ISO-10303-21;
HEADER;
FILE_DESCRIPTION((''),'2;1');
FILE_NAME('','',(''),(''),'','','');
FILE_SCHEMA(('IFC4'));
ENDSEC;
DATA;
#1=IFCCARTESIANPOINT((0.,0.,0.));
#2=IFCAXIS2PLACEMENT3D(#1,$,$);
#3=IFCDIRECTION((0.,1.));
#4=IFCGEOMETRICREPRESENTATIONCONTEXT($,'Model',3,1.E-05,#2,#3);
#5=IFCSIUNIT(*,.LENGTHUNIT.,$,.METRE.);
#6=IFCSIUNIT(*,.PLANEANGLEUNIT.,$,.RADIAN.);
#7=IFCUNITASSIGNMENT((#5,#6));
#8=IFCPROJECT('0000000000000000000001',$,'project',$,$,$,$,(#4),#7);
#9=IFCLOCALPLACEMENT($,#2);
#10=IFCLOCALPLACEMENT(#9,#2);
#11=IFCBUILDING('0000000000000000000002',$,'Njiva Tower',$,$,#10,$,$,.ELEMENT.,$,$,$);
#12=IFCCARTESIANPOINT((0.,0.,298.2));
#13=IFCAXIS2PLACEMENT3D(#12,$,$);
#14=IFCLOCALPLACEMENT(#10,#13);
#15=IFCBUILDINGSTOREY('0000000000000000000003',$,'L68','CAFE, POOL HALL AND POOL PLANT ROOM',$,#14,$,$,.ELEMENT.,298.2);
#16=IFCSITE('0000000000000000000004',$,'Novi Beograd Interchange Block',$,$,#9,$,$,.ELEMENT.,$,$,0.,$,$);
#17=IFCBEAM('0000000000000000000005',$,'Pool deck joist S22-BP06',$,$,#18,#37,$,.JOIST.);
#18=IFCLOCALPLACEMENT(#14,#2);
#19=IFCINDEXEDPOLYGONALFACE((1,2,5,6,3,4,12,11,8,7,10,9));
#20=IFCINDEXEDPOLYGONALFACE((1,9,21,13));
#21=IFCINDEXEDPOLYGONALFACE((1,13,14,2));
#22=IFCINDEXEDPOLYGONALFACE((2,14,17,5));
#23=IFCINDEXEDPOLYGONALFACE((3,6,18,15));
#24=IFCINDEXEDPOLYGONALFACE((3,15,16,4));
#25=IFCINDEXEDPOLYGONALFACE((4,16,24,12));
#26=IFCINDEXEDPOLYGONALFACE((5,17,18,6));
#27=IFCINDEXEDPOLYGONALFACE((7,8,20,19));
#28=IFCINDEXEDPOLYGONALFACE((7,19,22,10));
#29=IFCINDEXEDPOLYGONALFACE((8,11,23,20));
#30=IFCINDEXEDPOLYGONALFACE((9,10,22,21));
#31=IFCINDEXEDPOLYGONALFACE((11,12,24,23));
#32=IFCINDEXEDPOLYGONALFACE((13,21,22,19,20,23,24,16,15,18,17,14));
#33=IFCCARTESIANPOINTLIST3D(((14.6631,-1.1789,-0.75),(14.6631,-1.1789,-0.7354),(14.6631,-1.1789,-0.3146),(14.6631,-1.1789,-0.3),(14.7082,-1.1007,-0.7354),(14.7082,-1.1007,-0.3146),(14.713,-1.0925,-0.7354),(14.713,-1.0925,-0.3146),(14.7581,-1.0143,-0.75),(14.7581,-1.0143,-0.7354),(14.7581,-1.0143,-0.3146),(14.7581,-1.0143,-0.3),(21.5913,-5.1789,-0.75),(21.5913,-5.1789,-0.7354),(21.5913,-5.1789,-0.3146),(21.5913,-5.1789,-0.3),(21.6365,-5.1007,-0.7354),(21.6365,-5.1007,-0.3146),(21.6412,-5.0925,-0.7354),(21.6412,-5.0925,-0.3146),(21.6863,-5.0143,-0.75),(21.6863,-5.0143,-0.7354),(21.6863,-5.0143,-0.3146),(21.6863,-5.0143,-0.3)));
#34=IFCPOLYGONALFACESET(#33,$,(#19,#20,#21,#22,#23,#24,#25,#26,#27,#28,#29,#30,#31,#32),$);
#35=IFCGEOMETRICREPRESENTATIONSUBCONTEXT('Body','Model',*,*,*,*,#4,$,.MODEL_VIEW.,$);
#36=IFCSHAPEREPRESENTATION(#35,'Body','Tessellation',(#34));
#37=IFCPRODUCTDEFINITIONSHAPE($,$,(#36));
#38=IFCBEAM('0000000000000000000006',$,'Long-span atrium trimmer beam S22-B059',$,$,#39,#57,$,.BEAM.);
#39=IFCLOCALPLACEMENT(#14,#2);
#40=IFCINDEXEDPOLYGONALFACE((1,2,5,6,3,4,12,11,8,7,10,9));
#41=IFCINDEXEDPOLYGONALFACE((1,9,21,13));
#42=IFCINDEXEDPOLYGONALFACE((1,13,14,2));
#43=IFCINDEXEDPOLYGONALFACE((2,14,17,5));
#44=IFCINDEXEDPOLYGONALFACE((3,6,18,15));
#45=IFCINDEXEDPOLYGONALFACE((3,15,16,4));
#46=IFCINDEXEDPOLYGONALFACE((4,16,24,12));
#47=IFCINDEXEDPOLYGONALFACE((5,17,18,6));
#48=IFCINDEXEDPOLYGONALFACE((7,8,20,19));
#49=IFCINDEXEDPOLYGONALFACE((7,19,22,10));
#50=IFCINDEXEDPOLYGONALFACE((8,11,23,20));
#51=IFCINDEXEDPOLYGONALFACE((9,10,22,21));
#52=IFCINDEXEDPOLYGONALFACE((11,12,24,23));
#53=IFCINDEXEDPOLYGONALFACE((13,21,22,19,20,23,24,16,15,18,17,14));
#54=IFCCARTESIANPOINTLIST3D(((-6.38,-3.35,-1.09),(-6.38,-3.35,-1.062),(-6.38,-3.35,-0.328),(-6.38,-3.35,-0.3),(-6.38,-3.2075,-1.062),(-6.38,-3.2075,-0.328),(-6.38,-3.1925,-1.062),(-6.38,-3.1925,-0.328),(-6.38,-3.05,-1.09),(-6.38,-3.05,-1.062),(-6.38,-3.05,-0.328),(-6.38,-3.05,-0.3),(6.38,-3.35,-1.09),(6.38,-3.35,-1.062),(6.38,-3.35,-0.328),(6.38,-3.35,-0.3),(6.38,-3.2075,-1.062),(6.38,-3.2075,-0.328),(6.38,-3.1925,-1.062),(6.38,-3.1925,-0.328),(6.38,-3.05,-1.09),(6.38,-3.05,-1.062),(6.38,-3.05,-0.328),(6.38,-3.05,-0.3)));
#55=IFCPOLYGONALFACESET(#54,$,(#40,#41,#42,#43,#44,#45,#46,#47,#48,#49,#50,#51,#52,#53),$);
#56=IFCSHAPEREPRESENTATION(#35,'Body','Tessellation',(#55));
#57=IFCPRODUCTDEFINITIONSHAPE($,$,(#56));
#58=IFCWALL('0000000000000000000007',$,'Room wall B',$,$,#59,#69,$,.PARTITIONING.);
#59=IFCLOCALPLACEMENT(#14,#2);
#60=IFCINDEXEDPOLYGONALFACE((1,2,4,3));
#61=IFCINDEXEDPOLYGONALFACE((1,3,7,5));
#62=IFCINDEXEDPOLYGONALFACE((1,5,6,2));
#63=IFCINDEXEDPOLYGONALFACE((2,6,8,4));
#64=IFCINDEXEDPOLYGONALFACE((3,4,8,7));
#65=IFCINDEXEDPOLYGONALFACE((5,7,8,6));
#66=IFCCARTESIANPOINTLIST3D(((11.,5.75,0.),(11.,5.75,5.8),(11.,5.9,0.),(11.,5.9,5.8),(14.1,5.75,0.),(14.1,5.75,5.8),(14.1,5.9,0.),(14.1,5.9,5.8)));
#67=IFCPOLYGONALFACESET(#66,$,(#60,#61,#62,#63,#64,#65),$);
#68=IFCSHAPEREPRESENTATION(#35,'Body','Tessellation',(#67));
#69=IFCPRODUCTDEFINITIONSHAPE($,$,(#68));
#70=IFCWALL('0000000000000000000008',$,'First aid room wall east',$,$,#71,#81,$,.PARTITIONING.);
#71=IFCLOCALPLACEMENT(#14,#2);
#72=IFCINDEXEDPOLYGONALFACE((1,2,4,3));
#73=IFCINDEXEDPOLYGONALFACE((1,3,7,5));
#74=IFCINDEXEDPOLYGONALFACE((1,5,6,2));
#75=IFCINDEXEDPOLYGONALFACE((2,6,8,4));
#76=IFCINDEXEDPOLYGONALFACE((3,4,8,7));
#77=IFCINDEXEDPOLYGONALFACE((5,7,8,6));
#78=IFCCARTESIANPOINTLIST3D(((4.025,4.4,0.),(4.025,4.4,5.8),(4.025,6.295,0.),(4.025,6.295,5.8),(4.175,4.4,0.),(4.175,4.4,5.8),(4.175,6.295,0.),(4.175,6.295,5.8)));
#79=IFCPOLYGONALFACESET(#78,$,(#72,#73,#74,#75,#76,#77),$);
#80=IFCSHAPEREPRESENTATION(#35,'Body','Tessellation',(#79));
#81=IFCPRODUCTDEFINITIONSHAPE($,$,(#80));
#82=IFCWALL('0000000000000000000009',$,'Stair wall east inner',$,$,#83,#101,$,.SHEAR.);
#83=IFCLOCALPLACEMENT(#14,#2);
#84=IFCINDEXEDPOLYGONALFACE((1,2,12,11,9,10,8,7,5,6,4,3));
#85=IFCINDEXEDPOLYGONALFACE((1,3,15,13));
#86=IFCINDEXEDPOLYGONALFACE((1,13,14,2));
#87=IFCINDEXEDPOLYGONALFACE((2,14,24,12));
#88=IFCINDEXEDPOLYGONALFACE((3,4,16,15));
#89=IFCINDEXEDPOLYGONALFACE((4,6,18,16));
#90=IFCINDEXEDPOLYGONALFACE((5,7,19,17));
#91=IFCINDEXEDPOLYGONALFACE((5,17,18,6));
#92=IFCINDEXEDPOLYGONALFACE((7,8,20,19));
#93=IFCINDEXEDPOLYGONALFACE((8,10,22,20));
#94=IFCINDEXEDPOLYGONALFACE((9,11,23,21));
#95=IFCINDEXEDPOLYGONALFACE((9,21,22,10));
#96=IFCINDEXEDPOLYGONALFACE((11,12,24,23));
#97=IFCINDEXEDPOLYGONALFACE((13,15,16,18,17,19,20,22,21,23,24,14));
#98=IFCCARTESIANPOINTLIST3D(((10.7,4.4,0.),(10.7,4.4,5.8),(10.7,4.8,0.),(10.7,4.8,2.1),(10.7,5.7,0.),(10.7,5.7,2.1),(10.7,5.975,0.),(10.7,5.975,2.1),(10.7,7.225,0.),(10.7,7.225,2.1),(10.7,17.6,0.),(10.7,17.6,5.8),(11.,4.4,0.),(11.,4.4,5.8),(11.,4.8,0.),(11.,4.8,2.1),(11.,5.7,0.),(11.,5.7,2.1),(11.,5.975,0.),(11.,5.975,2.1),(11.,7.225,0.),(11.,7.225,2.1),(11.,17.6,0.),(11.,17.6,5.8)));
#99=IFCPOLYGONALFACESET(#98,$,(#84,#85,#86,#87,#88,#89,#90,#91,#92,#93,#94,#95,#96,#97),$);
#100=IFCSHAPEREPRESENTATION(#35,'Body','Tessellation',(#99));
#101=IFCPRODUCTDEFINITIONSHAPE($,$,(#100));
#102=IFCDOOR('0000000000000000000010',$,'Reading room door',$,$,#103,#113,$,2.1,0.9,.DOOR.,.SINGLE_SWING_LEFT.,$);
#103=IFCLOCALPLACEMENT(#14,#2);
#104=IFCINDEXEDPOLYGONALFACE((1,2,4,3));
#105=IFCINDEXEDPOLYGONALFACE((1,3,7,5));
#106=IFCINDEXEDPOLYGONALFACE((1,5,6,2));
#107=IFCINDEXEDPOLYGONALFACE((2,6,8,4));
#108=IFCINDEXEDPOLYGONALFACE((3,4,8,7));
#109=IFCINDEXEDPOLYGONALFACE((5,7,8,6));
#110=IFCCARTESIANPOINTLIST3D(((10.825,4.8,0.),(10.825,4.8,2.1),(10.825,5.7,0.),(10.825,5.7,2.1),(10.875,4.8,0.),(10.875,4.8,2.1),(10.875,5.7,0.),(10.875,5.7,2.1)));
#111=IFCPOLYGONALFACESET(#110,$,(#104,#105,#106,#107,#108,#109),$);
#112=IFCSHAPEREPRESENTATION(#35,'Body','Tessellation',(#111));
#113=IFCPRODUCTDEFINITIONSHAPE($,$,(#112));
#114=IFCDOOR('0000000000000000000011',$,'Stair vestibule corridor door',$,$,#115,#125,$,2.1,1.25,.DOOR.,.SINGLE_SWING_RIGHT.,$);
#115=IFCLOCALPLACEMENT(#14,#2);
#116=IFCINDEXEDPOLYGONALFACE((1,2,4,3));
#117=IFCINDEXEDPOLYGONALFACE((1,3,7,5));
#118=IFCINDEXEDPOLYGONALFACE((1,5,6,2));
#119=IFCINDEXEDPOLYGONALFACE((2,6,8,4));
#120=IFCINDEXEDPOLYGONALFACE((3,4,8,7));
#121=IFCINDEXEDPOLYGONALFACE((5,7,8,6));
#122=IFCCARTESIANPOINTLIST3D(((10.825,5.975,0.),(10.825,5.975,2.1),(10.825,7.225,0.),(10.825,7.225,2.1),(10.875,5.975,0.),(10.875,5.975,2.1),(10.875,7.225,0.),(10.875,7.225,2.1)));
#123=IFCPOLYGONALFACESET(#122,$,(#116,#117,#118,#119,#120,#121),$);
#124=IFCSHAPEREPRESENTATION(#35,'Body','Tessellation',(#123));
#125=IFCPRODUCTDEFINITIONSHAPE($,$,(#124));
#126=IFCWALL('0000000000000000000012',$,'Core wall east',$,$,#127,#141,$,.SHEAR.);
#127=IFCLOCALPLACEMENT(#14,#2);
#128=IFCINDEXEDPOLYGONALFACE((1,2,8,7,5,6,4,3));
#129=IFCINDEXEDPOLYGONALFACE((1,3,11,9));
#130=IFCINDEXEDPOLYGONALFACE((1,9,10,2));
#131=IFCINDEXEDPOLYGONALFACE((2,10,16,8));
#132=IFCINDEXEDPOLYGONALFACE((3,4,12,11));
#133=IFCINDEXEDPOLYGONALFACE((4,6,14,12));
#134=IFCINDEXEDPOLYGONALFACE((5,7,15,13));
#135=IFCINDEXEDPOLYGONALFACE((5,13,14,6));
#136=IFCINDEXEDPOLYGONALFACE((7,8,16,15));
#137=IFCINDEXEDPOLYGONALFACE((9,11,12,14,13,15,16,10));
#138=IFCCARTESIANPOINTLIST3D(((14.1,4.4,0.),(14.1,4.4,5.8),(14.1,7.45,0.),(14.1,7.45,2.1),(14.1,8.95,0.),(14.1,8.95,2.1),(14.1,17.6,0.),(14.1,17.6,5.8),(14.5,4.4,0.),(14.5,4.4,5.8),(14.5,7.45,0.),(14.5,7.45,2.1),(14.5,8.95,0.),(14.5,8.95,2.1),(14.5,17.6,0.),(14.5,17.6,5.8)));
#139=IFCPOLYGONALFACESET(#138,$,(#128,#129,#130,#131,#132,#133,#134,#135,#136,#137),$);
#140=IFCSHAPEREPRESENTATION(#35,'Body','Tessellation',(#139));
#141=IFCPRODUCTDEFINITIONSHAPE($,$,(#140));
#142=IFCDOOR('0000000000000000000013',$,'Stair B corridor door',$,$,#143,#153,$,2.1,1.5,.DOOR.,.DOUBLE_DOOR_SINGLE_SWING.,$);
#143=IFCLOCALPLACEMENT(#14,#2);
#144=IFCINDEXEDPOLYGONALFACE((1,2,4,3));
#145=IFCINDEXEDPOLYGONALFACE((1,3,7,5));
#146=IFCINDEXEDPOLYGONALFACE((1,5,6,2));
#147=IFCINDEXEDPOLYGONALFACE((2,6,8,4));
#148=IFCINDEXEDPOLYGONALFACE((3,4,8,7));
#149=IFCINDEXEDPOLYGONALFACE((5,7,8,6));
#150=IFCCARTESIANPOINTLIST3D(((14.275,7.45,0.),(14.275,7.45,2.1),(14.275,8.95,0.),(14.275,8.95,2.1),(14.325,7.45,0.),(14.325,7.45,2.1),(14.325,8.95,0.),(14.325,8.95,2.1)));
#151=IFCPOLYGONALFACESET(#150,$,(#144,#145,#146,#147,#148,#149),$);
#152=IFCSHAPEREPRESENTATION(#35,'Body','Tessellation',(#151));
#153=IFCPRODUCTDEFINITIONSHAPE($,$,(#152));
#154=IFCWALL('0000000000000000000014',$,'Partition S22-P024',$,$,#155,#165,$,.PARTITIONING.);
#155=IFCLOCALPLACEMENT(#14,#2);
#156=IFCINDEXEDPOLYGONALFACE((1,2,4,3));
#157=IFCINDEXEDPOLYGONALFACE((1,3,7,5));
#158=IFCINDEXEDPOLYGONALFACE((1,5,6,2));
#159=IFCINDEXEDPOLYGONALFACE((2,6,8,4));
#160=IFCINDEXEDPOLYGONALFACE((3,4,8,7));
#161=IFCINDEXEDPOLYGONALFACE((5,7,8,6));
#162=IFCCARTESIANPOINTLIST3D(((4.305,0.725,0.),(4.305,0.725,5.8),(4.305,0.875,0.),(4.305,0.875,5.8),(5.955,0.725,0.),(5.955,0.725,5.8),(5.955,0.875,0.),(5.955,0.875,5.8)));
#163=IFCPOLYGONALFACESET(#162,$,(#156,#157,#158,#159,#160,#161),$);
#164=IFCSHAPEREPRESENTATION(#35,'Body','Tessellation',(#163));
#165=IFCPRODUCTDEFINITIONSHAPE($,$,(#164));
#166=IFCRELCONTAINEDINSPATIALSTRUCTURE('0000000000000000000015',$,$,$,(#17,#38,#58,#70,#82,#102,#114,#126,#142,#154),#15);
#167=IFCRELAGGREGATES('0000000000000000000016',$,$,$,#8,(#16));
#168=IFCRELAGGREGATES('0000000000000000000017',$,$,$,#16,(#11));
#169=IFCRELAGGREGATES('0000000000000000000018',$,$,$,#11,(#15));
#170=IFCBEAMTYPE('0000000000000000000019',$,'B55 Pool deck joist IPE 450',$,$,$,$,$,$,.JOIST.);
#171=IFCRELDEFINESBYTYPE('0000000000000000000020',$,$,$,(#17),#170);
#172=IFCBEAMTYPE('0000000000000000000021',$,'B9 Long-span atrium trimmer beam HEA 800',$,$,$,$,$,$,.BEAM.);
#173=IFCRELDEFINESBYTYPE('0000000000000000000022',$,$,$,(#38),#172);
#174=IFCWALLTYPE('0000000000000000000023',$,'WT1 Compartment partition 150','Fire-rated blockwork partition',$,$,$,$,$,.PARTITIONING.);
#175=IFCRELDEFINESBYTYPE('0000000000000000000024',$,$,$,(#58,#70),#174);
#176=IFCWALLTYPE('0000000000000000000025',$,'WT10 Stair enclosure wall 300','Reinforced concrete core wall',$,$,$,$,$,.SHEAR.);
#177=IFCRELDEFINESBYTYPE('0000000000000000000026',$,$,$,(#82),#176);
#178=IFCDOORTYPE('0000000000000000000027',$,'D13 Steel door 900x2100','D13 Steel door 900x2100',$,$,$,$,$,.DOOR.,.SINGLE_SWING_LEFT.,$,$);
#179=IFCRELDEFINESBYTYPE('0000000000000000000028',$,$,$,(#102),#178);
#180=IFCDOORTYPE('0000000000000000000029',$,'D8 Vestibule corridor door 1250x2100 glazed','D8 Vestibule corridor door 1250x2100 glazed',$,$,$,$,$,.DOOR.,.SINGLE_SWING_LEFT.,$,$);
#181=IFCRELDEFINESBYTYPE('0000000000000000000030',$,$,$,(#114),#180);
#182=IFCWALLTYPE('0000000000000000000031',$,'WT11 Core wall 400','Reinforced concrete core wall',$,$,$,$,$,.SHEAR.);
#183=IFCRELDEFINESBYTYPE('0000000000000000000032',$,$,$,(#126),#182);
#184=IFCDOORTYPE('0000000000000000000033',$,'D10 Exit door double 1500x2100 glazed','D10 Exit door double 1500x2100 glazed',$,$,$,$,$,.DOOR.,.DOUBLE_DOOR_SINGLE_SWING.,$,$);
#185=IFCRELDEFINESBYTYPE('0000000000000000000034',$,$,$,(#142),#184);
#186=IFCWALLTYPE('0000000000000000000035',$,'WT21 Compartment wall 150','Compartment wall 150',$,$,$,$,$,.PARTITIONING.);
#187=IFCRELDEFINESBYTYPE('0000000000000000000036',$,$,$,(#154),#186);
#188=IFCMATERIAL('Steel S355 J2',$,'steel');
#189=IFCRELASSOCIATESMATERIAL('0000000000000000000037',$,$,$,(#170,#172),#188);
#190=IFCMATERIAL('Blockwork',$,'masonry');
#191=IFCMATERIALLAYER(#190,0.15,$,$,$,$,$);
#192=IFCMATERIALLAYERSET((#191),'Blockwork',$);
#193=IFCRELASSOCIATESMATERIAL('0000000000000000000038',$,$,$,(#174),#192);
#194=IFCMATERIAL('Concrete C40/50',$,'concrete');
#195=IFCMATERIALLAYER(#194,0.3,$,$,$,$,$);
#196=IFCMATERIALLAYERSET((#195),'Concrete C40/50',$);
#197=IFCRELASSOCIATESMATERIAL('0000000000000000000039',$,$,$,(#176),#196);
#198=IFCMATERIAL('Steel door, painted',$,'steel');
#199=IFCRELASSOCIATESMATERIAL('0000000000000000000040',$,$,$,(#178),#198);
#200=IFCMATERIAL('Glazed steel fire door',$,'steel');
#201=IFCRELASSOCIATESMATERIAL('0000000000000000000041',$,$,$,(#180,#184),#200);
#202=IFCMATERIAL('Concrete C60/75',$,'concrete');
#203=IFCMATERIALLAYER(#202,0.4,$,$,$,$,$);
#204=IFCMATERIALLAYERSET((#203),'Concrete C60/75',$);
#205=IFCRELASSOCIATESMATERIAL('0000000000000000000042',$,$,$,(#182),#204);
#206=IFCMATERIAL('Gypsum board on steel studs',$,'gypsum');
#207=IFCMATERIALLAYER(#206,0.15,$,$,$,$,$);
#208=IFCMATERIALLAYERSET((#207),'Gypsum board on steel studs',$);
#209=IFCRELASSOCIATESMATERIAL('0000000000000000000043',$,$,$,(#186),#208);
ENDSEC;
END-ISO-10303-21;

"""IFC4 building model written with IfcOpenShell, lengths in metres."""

from ifc_helpers import new_model, si_unit, direction, frame, frame_2d, origin, origin_2d, place, context, subcontext, project, spatial, rectangle, i_section, extrude, material, layer, layer_set, material_profile, profile_set, type_object, element, fill, save


model = new_model("IFC4")

# Units and contexts
model_context = context("Model", 3, precision=1e-05, world=origin(), true_north=direction((0.0, 1.0)))
body_context = subcontext(model_context, "Body", "Model", "MODEL_VIEW")
ifc_project = project(units=[si_unit("LENGTHUNIT", "METRE"), si_unit("PLANEANGLEUNIT", "RADIAN")], contexts=[model_context])

# Site, building, storey
site_placement = place(None, origin())
site = spatial("IfcSite", under=ifc_project, at=site_placement, Name="Novi Beograd Interchange Block", CompositionType="ELEMENT", RefElevation=0.0)
building_placement = place(site_placement, origin())
building = spatial("IfcBuilding", under=site, at=building_placement, Name="Njiva Tower", CompositionType="ELEMENT")
storey_placement = place(building_placement, frame((0.0, 0.0, 298.2)))
storey = spatial("IfcBuildingStorey", under=building, at=storey_placement, Name="L68", Description="CAFE, POOL HALL AND POOL PLANT ROOM", CompositionType="ELEMENT", Elevation=298.2)

# Shared definitions
ifc_material_1 = material(Name="Steel S355 J2", Category="steel")

# Beams
ifc_material_profile_1 = material_profile(ifc_material_1, i_section(OverallWidth=0.19, OverallDepth=0.45, WebThickness=0.0094, FlangeThickness=0.0146, at=origin_2d()), Name="IPE 450")
ifc_profile_set_1 = profile_set([ifc_material_profile_1], Name="Steel S355 J2")
beam_type_1 = type_object("IfcBeamType", Name="B55 Pool deck joist IPE 450", PredefinedType="JOIST", material=ifc_profile_set_1)
for number, where, z_axis, x_axis, name in (
    (1, (14.7106, -1.0966, -0.525), (0.866025, -0.5, 0.0), (0.5, 0.866025, 0.0), "Pool deck joist S22-BP06"),
):
    element("IfcBeam", number, at=place(storey_placement, frame(where, z_axis=z_axis, x_axis=x_axis)), inside=storey, type_object=beam_type_1, Name=name, PredefinedType="JOIST", context=body_context, shape_type="SweptSolid", body=[
        extrude(i_section(OverallWidth=0.19, OverallDepth=0.45, WebThickness=0.0094, FlangeThickness=0.0146, at=origin_2d()), origin(), (0.0, 0.0, 1.0), 8.0),
    ])
ifc_material_profile_2 = material_profile(ifc_material_1, i_section(OverallWidth=0.3, OverallDepth=0.79, WebThickness=0.015, FlangeThickness=0.028, at=origin_2d()), Name="HEA 800")
ifc_profile_set_2 = profile_set([ifc_material_profile_2], Name="Steel S355 J2")
beam_type_2 = type_object("IfcBeamType", Name="B9 Long-span atrium trimmer beam HEA 800", PredefinedType="BEAM", material=ifc_profile_set_2)
beam_1_placement = place(storey_placement, frame((6.38, -3.2, -0.695), z_axis=(-1.0, 0.0, 0.0), x_axis=(0.0, -1.0, 0.0)))
element("IfcBeam", 2, at=beam_1_placement, inside=storey, type_object=beam_type_2, Name="Long-span atrium trimmer beam S22-B059", PredefinedType="BEAM", context=body_context, shape_type="SweptSolid", body=[
    extrude(i_section(OverallWidth=0.3, OverallDepth=0.79, WebThickness=0.015, FlangeThickness=0.028, at=origin_2d()), origin(), (0.0, 0.0, 1.0), 12.76),
])

# Walls
ifc_material_2 = material(Name="Blockwork", Category="masonry")
ifc_layer_1 = layer(ifc_material_2, 0.15)
ifc_layer_set_1 = layer_set([ifc_layer_1], Name="Blockwork")
wall_type_1 = type_object("IfcWallType", Name="WT1 Compartment partition 150", Description="Fire-rated blockwork partition", PredefinedType="PARTITIONING", material=ifc_layer_set_1)
wall_1_placement = place(storey_placement, frame((11.0, 5.825, 0.0), z_axis=(0.0, 0.0, 1.0), x_axis=(1.0, 0.0, 0.0)))
element("IfcWall", 3, at=wall_1_placement, inside=storey, type_object=wall_type_1, Name="Room wall B", PredefinedType="PARTITIONING", context=body_context, shape_type="SweptSolid", body=[
    extrude(rectangle(XDim=3.1, YDim=0.15, at=frame_2d((1.55, 0.0))), origin(), (0.0, 0.0, 1.0), 5.8),
])
wall_2_placement = place(storey_placement, frame((4.1, 4.4, 0.0), z_axis=(0.0, 0.0, 1.0), x_axis=(0.0, 1.0, 0.0)))
element("IfcWall", 4, at=wall_2_placement, inside=storey, type_object=wall_type_1, Name="First aid room wall east", PredefinedType="PARTITIONING", context=body_context, shape_type="SweptSolid", body=[
    extrude(rectangle(XDim=1.895, YDim=0.15, at=frame_2d((0.9475, 0.0))), origin(), (0.0, 0.0, 1.0), 5.8),
])

# Wall, openings, doors
ifc_material_3 = material(Name="Concrete C40/50", Category="concrete")
ifc_layer_2 = layer(ifc_material_3, 0.3)
ifc_layer_set_2 = layer_set([ifc_layer_2], Name="Concrete C40/50")
wall_type_2 = type_object("IfcWallType", Name="WT10 Stair enclosure wall 300", Description="Reinforced concrete core wall", PredefinedType="SHEAR", material=ifc_layer_set_2)
wall_3_placement = place(storey_placement, frame((10.85, 4.4, 0.0), z_axis=(0.0, 0.0, 1.0), x_axis=(0.0, 1.0, 0.0)))
wall_3 = element("IfcWall", 5, at=wall_3_placement, inside=storey, type_object=wall_type_2, Name="Stair wall east inner", PredefinedType="SHEAR", context=body_context, shape_type="SweptSolid", body=[
    extrude(rectangle(XDim=13.2, YDim=0.3, at=frame_2d((6.6, 0.0))), origin(), (0.0, 0.0, 1.0), 5.8),
])
opening_1_placement = place(wall_3_placement, frame((1.575, 0.0, 0.0)))
opening_1 = element("IfcOpeningElement", 6, at=opening_1_placement, cuts=wall_3, PredefinedType="OPENING", context=body_context, shape_type="SweptSolid", body=[
    extrude(rectangle(XDim=1.25, YDim=2.1, at=frame_2d((0.625, 1.05))), frame((0.0, 0.16, 0.0), z_axis=(0.0, -1.0, 0.0), x_axis=(1.0, 0.0, 0.0)), (0.0, 0.0, 1.0), 0.32),
])
opening_2_placement = place(wall_3_placement, frame((0.4, 0.0, 0.0)))
opening_2 = element("IfcOpeningElement", 7, at=opening_2_placement, cuts=wall_3, PredefinedType="OPENING", context=body_context, shape_type="SweptSolid", body=[
    extrude(rectangle(XDim=0.9, YDim=2.1, at=frame_2d((0.45, 1.05))), frame((0.0, 0.16, 0.0), z_axis=(0.0, -1.0, 0.0), x_axis=(1.0, 0.0, 0.0)), (0.0, 0.0, 1.0), 0.32),
])
ifc_material_4 = material(Name="Steel door, painted", Category="steel")
door_type_1 = type_object("IfcDoorType", Name="D13 Steel door 900x2100", Description="D13 Steel door 900x2100", OperationType="SINGLE_SWING_LEFT", PredefinedType="DOOR", material=ifc_material_4)
door_1_placement = place(opening_2_placement, origin())
door_1 = element("IfcDoor", 8, at=door_1_placement, inside=storey, type_object=door_type_1, Name="Reading room door", OperationType="SINGLE_SWING_LEFT", OverallHeight=2.1, OverallWidth=0.9, PredefinedType="DOOR", context=body_context, shape_type="SweptSolid", body=[
    extrude(rectangle(XDim=0.9, YDim=2.1, at=frame_2d((0.45, 1.05))), frame((0.0, 0.025, 0.0), z_axis=(0.0, -1.0, 0.0), x_axis=(1.0, 0.0, 0.0)), (0.0, 0.0, 1.0), 0.05),
])
fill(opening_2, door_1)
ifc_material_5 = material(Name="Glazed steel fire door", Category="steel")
door_type_2 = type_object("IfcDoorType", Name="D8 Vestibule corridor door 1250x2100 glazed", Description="D8 Vestibule corridor door 1250x2100 glazed", OperationType="SINGLE_SWING_LEFT", PredefinedType="DOOR", material=ifc_material_5)
door_2_placement = place(opening_1_placement, origin())
door_2 = element("IfcDoor", 9, at=door_2_placement, inside=storey, type_object=door_type_2, Name="Stair vestibule corridor door", OperationType="SINGLE_SWING_RIGHT", OverallHeight=2.1, OverallWidth=1.25, PredefinedType="DOOR", context=body_context, shape_type="SweptSolid", body=[
    extrude(rectangle(XDim=1.25, YDim=2.1, at=frame_2d((0.625, 1.05))), frame((0.0, 0.025, 0.0), z_axis=(0.0, -1.0, 0.0), x_axis=(1.0, 0.0, 0.0)), (0.0, 0.0, 1.0), 0.05),
])
fill(opening_1, door_2)

# Wall, opening, door
ifc_material_6 = material(Name="Concrete C60/75", Category="concrete")
ifc_layer_3 = layer(ifc_material_6, 0.4)
ifc_layer_set_3 = layer_set([ifc_layer_3], Name="Concrete C60/75")
wall_type_3 = type_object("IfcWallType", Name="WT11 Core wall 400", Description="Reinforced concrete core wall", PredefinedType="SHEAR", material=ifc_layer_set_3)
wall_4_placement = place(storey_placement, frame((14.3, 4.4, 0.0), z_axis=(0.0, 0.0, 1.0), x_axis=(0.0, 1.0, 0.0)))
wall_4 = element("IfcWall", 10, at=wall_4_placement, inside=storey, type_object=wall_type_3, Name="Core wall east", PredefinedType="SHEAR", context=body_context, shape_type="SweptSolid", body=[
    extrude(rectangle(XDim=13.2, YDim=0.4, at=frame_2d((6.6, 0.0))), origin(), (0.0, 0.0, 1.0), 5.8),
])
opening_3_placement = place(wall_4_placement, frame((3.05, 0.0, 0.0)))
opening_3 = element("IfcOpeningElement", 11, at=opening_3_placement, cuts=wall_4, PredefinedType="OPENING", context=body_context, shape_type="SweptSolid", body=[
    extrude(rectangle(XDim=1.5, YDim=2.1, at=frame_2d((0.75, 1.05))), frame((0.0, 0.21, 0.0), z_axis=(0.0, -1.0, 0.0), x_axis=(1.0, 0.0, 0.0)), (0.0, 0.0, 1.0), 0.42),
])
door_type_3 = type_object("IfcDoorType", Name="D10 Exit door double 1500x2100 glazed", Description="D10 Exit door double 1500x2100 glazed", OperationType="DOUBLE_DOOR_SINGLE_SWING", PredefinedType="DOOR", material=ifc_material_5)
door_3_placement = place(opening_3_placement, origin())
door_3 = element("IfcDoor", 12, at=door_3_placement, inside=storey, type_object=door_type_3, Name="Stair B corridor door", OperationType="DOUBLE_DOOR_SINGLE_SWING", OverallHeight=2.1, OverallWidth=1.5, PredefinedType="DOOR", context=body_context, shape_type="SweptSolid", body=[
    extrude(rectangle(XDim=1.5, YDim=2.1, at=frame_2d((0.75, 1.05))), frame((0.0, 0.025, 0.0), z_axis=(0.0, -1.0, 0.0), x_axis=(1.0, 0.0, 0.0)), (0.0, 0.0, 1.0), 0.05),
])
fill(opening_3, door_3)

# Wall
ifc_material_7 = material(Name="Gypsum board on steel studs", Category="gypsum")
ifc_layer_4 = layer(ifc_material_7, 0.15)
ifc_layer_set_4 = layer_set([ifc_layer_4], Name="Gypsum board on steel studs")
wall_type_4 = type_object("IfcWallType", Name="WT21 Compartment wall 150", Description="Compartment wall 150", PredefinedType="PARTITIONING", material=ifc_layer_set_4)
wall_5_placement = place(storey_placement, frame((4.305, 0.8, 0.0), z_axis=(0.0, 0.0, 1.0), x_axis=(1.0, 0.0, 0.0)))
element("IfcWall", 13, at=wall_5_placement, inside=storey, type_object=wall_type_4, Name="Partition S22-P024", PredefinedType="PARTITIONING", context=body_context, shape_type="SweptSolid", body=[
    extrude(rectangle(XDim=1.65, YDim=0.15, at=frame_2d((0.825, 0.0))), origin(), (0.0, 0.0, 1.0), 5.8),
])

save(model, "model.ifc")
